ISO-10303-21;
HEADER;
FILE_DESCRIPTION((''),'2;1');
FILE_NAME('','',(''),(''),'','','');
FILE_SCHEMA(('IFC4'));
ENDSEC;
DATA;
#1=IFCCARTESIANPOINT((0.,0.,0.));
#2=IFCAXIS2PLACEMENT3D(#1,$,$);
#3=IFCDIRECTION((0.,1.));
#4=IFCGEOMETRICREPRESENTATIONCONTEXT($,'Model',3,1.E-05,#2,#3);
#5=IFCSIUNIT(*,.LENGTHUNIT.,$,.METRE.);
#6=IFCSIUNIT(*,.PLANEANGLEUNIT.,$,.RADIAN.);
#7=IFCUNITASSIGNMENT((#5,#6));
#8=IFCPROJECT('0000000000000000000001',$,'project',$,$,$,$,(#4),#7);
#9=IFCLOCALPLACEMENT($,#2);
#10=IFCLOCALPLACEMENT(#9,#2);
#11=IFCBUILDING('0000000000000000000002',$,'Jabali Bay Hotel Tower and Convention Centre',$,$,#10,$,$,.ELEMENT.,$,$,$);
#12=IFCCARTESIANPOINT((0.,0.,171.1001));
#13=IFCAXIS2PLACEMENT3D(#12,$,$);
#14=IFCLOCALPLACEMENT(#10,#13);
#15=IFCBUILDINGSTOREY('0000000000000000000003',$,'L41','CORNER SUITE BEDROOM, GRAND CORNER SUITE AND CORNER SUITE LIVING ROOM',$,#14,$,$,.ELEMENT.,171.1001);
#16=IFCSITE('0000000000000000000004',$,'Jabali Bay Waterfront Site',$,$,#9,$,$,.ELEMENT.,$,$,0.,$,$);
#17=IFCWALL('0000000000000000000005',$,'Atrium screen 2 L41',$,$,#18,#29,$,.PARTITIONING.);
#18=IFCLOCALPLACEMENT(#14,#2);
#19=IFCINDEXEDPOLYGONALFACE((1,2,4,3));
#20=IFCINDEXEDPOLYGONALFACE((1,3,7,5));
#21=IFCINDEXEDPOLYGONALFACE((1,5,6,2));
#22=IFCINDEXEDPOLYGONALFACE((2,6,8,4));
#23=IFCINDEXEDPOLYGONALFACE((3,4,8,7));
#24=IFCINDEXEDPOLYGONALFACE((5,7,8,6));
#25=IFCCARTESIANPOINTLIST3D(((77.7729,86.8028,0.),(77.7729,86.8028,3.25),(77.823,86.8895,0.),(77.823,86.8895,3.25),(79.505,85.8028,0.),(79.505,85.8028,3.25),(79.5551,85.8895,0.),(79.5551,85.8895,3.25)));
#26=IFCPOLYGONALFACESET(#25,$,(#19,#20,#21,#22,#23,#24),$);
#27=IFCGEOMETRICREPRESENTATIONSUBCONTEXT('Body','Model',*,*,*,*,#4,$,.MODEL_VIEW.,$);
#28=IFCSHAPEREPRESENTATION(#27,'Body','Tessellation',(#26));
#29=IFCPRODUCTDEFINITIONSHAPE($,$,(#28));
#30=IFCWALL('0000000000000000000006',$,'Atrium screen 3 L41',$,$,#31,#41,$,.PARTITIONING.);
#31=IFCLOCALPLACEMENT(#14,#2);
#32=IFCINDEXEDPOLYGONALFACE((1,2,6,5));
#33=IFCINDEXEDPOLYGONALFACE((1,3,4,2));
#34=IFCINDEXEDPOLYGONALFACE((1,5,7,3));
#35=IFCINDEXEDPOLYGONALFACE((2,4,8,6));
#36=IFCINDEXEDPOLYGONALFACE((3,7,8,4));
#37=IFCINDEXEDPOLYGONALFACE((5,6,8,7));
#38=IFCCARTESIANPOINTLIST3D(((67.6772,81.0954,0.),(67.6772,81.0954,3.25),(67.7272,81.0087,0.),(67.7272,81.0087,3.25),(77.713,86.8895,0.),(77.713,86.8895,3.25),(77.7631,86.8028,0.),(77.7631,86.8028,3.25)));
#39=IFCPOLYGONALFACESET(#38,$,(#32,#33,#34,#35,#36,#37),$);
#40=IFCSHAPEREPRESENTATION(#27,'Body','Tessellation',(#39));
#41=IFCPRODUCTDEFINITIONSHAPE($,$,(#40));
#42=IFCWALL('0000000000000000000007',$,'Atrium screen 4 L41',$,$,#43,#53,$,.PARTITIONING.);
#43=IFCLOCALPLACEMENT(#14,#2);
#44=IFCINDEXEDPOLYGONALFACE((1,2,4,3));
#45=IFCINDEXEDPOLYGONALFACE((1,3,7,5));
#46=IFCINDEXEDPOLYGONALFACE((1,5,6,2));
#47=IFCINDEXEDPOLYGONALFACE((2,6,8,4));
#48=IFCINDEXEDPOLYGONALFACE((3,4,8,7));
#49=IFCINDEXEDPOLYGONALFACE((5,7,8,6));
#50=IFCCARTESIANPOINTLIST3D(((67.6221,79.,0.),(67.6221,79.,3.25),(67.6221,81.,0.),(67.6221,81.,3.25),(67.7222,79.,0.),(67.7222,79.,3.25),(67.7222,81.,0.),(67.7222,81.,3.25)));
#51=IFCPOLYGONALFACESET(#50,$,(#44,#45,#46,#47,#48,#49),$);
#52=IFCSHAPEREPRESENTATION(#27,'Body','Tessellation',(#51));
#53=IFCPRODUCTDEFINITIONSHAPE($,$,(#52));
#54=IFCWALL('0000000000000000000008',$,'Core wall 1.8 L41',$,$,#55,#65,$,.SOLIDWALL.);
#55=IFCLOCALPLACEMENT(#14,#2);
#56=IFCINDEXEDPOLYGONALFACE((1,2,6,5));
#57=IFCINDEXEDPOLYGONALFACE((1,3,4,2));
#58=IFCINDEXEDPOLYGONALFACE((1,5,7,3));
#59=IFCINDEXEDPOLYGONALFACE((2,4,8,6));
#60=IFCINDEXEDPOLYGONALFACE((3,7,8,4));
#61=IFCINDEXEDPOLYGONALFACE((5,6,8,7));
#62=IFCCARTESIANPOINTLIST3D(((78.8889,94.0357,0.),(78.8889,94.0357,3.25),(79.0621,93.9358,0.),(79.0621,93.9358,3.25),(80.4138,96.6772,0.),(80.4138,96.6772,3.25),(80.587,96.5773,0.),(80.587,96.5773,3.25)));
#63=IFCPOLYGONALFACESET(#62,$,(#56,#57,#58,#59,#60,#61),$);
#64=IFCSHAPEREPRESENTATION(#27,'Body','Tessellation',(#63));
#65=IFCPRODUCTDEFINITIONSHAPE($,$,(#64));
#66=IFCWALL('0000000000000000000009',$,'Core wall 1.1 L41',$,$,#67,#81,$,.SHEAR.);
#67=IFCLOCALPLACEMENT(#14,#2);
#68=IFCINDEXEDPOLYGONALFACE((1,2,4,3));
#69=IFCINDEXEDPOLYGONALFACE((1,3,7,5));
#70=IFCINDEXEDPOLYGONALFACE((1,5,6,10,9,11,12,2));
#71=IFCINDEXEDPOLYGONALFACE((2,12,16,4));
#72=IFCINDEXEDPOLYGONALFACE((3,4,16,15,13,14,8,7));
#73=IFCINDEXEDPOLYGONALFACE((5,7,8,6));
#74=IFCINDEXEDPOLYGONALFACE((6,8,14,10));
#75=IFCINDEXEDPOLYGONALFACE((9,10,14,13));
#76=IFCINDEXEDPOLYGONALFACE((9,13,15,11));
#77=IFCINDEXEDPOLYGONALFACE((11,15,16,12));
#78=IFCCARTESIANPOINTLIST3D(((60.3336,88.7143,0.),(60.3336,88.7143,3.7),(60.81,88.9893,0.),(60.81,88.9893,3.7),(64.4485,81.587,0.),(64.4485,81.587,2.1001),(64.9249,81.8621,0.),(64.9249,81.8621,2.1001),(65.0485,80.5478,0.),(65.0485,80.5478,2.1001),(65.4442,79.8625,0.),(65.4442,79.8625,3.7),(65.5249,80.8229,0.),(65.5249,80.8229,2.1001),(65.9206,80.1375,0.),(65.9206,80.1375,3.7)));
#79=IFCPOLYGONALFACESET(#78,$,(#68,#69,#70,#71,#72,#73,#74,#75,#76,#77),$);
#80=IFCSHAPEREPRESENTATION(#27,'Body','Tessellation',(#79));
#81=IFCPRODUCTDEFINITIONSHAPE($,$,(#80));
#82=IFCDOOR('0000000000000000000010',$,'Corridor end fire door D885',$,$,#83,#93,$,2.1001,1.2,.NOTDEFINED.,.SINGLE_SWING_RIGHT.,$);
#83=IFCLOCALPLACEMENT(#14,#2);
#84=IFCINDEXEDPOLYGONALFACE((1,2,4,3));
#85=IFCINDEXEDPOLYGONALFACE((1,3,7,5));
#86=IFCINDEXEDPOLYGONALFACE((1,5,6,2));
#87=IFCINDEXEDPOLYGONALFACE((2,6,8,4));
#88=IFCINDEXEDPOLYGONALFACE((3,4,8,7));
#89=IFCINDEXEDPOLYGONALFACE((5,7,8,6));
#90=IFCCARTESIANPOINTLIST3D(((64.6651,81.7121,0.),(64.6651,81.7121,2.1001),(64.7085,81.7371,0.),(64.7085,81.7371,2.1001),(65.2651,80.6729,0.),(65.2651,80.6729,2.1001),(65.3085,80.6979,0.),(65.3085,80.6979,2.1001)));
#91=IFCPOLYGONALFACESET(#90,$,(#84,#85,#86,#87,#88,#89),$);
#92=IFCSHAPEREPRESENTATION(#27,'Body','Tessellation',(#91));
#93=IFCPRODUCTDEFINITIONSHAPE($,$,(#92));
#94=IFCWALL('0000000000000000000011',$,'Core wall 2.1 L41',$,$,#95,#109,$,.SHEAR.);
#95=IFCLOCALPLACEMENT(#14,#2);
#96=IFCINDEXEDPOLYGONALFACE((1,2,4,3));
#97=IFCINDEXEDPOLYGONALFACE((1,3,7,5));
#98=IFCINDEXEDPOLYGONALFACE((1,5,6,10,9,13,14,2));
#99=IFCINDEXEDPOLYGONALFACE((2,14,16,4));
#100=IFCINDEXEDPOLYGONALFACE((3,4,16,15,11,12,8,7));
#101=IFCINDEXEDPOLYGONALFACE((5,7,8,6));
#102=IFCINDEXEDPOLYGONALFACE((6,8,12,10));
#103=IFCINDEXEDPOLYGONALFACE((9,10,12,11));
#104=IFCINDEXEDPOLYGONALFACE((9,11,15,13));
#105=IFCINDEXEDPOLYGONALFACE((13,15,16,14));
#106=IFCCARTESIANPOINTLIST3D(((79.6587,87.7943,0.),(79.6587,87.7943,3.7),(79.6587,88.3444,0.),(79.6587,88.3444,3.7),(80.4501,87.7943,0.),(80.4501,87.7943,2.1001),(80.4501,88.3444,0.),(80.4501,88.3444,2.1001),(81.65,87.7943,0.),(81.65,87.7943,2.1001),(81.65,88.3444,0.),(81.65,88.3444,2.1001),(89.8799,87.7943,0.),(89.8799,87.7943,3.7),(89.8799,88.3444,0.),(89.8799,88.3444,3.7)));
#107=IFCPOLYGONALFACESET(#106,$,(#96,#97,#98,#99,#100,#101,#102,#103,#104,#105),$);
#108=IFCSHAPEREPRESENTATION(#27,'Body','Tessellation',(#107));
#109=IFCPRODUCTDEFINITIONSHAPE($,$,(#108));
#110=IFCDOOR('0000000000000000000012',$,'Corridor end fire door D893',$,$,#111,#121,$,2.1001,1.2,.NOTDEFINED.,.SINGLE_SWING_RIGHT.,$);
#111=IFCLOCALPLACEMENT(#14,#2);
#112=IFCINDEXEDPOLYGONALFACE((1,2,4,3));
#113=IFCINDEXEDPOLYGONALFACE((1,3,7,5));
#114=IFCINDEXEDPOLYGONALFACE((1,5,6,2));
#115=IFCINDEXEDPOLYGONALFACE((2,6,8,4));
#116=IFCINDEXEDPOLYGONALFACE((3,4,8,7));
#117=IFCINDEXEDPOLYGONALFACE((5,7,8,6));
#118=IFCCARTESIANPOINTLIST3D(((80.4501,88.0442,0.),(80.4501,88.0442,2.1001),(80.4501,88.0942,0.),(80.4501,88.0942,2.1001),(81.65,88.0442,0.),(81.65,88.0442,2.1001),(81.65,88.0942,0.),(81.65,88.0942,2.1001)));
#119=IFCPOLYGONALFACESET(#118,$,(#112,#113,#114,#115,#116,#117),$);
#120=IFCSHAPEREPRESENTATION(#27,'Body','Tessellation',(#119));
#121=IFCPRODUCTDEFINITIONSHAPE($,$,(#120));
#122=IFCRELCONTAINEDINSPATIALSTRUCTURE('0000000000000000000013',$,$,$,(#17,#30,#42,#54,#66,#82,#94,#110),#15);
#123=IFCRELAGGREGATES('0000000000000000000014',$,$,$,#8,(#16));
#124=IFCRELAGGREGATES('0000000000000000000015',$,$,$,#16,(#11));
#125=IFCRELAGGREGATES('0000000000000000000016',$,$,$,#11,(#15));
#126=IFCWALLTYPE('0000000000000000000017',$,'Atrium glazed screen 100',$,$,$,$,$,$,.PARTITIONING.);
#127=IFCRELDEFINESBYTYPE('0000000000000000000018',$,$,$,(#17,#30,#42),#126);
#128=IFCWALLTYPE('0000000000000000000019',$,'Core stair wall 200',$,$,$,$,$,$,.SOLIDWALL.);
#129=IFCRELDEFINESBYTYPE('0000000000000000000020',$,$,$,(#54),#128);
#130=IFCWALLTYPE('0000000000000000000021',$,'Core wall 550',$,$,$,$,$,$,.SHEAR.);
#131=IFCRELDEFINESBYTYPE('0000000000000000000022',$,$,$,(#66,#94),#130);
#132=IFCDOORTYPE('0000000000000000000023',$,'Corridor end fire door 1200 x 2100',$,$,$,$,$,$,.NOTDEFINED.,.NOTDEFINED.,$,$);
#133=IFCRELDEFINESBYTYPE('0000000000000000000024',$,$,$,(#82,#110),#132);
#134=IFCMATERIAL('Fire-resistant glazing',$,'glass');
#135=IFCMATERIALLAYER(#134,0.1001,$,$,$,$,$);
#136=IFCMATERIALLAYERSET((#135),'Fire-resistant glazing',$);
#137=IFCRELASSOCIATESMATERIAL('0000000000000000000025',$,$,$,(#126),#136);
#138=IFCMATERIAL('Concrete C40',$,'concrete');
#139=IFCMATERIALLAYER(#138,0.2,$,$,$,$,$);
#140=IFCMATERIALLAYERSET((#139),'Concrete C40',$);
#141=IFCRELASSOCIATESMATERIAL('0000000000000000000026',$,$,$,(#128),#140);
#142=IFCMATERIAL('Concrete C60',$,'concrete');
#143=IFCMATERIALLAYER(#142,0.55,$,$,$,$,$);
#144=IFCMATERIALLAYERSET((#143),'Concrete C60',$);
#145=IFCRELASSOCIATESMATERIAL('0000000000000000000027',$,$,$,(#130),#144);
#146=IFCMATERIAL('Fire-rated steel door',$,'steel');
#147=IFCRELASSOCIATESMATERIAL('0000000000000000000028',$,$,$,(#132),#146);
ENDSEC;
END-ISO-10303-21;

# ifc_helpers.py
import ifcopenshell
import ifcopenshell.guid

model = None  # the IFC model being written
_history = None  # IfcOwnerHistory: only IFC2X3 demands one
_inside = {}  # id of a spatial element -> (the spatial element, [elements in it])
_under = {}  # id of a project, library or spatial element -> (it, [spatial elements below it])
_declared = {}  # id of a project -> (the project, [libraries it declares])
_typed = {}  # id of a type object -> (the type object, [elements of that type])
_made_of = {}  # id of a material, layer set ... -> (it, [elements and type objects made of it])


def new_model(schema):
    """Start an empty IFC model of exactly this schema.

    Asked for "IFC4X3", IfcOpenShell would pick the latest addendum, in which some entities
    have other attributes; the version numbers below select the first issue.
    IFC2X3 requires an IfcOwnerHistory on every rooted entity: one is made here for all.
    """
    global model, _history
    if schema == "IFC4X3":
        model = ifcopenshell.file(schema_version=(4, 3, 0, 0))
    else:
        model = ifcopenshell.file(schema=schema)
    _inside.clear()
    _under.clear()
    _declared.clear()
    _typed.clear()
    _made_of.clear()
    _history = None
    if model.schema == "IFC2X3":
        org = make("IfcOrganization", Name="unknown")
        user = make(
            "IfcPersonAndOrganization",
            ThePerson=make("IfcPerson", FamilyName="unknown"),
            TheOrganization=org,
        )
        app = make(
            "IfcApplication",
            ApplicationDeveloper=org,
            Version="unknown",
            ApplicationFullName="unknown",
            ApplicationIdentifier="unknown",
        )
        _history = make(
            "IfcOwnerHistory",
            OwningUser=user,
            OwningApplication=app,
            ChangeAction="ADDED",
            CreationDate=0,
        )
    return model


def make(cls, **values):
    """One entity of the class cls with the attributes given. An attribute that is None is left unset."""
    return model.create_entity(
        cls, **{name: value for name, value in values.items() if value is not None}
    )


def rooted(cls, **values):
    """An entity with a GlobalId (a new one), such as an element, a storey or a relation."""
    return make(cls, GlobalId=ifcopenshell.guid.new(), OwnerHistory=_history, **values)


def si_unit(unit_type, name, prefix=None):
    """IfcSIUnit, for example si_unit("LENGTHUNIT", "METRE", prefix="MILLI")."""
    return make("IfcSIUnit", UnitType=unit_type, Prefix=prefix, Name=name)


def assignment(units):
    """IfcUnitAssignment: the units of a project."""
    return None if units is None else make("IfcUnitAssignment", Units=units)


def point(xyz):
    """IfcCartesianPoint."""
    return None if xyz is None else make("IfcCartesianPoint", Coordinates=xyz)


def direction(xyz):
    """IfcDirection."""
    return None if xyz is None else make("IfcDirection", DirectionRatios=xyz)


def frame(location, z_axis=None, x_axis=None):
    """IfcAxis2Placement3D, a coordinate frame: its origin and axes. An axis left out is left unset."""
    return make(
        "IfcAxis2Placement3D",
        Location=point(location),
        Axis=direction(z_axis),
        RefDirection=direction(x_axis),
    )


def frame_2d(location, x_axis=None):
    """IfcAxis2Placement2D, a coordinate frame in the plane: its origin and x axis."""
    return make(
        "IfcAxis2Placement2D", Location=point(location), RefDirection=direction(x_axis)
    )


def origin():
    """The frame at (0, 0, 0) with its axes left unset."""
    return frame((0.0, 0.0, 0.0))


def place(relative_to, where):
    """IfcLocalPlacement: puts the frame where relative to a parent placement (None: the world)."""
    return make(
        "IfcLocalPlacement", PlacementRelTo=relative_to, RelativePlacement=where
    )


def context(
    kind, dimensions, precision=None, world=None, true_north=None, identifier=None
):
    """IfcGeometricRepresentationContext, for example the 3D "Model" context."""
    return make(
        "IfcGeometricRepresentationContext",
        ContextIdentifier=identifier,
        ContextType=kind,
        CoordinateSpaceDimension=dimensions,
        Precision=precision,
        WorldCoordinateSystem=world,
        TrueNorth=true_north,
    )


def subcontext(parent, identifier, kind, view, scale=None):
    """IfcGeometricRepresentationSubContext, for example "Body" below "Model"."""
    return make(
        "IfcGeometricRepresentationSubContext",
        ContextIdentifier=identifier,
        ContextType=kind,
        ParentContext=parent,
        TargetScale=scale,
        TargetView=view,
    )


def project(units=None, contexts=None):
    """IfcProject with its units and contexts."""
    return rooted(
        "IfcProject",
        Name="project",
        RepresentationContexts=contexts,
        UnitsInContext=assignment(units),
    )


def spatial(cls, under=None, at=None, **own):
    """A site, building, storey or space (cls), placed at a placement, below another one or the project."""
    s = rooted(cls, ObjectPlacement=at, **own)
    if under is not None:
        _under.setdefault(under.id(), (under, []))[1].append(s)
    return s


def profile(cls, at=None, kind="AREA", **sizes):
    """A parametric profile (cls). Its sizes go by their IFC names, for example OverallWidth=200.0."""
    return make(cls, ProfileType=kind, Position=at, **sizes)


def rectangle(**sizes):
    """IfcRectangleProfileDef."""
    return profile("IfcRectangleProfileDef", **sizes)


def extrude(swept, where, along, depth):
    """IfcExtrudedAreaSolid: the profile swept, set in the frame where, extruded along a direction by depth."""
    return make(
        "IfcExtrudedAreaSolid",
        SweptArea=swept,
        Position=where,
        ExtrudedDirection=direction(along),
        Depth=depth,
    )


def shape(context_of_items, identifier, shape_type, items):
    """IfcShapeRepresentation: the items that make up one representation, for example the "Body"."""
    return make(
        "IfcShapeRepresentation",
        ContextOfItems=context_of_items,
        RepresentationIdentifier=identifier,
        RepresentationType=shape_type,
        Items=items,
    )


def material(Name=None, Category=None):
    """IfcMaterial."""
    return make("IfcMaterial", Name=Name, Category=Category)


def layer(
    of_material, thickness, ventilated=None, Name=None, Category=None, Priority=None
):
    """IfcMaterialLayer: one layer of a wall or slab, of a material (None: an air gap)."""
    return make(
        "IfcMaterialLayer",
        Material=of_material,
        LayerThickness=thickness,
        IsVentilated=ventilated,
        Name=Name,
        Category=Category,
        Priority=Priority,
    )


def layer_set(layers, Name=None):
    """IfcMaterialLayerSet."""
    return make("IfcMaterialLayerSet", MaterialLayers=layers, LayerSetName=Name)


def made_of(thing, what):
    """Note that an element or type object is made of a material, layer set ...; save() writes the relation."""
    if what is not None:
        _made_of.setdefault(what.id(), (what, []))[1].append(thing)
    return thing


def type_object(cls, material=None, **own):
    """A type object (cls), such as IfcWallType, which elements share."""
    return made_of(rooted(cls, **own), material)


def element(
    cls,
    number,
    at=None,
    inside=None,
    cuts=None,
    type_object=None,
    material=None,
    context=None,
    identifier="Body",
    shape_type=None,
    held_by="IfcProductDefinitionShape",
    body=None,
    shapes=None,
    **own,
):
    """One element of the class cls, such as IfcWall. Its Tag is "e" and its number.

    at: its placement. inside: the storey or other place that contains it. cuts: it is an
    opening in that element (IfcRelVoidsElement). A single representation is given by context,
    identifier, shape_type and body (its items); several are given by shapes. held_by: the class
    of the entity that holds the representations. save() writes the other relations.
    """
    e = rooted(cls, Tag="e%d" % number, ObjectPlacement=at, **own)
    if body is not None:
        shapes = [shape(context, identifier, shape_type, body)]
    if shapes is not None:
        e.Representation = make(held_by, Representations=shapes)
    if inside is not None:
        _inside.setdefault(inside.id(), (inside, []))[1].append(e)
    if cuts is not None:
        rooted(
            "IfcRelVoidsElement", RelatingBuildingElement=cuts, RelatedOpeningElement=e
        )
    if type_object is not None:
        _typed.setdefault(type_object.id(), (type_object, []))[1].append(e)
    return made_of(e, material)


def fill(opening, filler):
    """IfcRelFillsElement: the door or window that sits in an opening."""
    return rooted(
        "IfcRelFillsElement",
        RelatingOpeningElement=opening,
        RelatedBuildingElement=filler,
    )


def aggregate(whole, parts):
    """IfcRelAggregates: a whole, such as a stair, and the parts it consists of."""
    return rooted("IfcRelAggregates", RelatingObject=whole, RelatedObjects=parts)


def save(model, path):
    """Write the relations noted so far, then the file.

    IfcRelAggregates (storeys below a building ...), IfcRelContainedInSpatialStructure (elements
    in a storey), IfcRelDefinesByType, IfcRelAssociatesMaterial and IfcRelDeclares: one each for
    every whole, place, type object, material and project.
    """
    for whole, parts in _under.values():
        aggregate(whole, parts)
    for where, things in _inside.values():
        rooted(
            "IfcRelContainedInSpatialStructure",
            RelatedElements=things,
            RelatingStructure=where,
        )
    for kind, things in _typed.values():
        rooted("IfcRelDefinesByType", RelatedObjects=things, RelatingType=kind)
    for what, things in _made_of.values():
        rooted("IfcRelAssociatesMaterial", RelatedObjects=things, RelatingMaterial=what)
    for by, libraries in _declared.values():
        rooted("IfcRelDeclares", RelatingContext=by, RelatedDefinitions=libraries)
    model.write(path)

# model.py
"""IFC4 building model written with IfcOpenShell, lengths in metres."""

from ifc_helpers import new_model, si_unit, direction, frame, frame_2d, origin, place, context, subcontext, project, spatial, rectangle, extrude, material, layer, layer_set, type_object, element, fill, save


model = new_model("IFC4")

# Units and contexts
model_context = context("Model", 3, precision=1e-05, world=origin(), true_north=direction((0.0, 1.0)))
body_context = subcontext(model_context, "Body", "Model", "MODEL_VIEW")
ifc_project = project(units=[si_unit("LENGTHUNIT", "METRE"), si_unit("PLANEANGLEUNIT", "RADIAN")], contexts=[model_context])

# Site, building, storey
site_placement = place(None, origin())
site = spatial("IfcSite", under=ifc_project, at=site_placement, Name="Jabali Bay Waterfront Site", CompositionType="ELEMENT", RefElevation=0.0)
building_placement = place(site_placement, origin())
building = spatial("IfcBuilding", under=site, at=building_placement, Name="Jabali Bay Hotel Tower and Convention Centre", CompositionType="ELEMENT")
storey_placement = place(building_placement, frame((0.0, 0.0, 171.1001)))
storey = spatial("IfcBuildingStorey", under=building, at=storey_placement, Name="L41", Description="CORNER SUITE BEDROOM, GRAND CORNER SUITE AND CORNER SUITE LIVING ROOM", CompositionType="ELEMENT", Elevation=171.1001)

# Walls
ifc_material_1 = material(Name="Fire-resistant glazing", Category="glass")
ifc_layer_1 = layer(ifc_material_1, 0.1001)
ifc_layer_set_1 = layer_set([ifc_layer_1], Name="Fire-resistant glazing")
wall_type_1 = type_object("IfcWallType", Name="Atrium glazed screen 100", PredefinedType="PARTITIONING", material=ifc_layer_set_1)
wall_1_placement = place(storey_placement, frame((79.53, 85.8462, 0.0), z_axis=(0.0, 0.0, 1.0), x_axis=(-0.866041, 0.499973, 0.0)))
element("IfcWall", 1, at=wall_1_placement, inside=storey, type_object=wall_type_1, Name="Atrium screen 2 L41", PredefinedType="PARTITIONING", context=body_context, shape_type="SweptSolid", body=[
    extrude(rectangle(XDim=2.0, YDim=0.1001, at=frame_2d((1.0, 0.0))), origin(), (0.0, 0.0, 1.0), 3.25),
])
wall_2_placement = place(storey_placement, frame((77.738, 86.8462, 0.0), z_axis=(0.0, 0.0, 1.0), x_axis=(-0.866027, -0.499998, 0.0)))
element("IfcWall", 2, at=wall_2_placement, inside=storey, type_object=wall_type_1, Name="Atrium screen 3 L41", PredefinedType="PARTITIONING", context=body_context, shape_type="SweptSolid", body=[
    extrude(rectangle(XDim=11.5884, YDim=0.1001, at=frame_2d((5.7942, 0.0))), origin(), (0.0, 0.0, 1.0), 3.25),
])
wall_3_placement = place(storey_placement, frame((67.6721, 81.0, 0.0), z_axis=(0.0, 0.0, 1.0), x_axis=(0.0, -1.0, 0.0)))
element("IfcWall", 3, at=wall_3_placement, inside=storey, type_object=wall_type_1, Name="Atrium screen 4 L41", PredefinedType="PARTITIONING", context=body_context, shape_type="SweptSolid", body=[
    extrude(rectangle(XDim=2.0, YDim=0.1001, at=frame_2d((1.0, 0.0))), origin(), (0.0, 0.0, 1.0), 3.25),
])
ifc_material_2 = material(Name="Concrete C40", Category="concrete")
ifc_layer_2 = layer(ifc_material_2, 0.2)
ifc_layer_set_2 = layer_set([ifc_layer_2], Name="Concrete C40")
wall_type_2 = type_object("IfcWallType", Name="Core stair wall 200", PredefinedType="SOLIDWALL", material=ifc_layer_set_2)
wall_4_placement = place(storey_placement, frame((78.9756, 93.9858, 0.0), z_axis=(0.0, 0.0, 1.0), x_axis=(0.499944, 0.866058, 0.0)))
element("IfcWall", 4, at=wall_4_placement, inside=storey, type_object=wall_type_2, Name="Core wall 1.8 L41", PredefinedType="SOLIDWALL", context=body_context, shape_type="SweptSolid", body=[
    extrude(rectangle(XDim=3.05, YDim=0.2, at=frame_2d((1.5249, 0.0))), origin(), (0.0, 0.0, 1.0), 3.25),
])

# Walls, openings, doors
ifc_material_3 = material(Name="Concrete C60", Category="concrete")
ifc_layer_3 = layer(ifc_material_3, 0.55)
ifc_layer_set_3 = layer_set([ifc_layer_3], Name="Concrete C60")
wall_type_3 = type_object("IfcWallType", Name="Core wall 550", PredefinedType="SHEAR", material=ifc_layer_set_3)
wall_5_placement = place(storey_placement, frame((65.6824, 80.0, 0.0), z_axis=(0.0, 0.0, 1.0), x_axis=(-0.5, 0.866025, 0.0)))
wall_5 = element("IfcWall", 5, at=wall_5_placement, inside=storey, type_object=wall_type_3, Name="Core wall 1.1 L41", PredefinedType="SHEAR", context=body_context, shape_type="SweptSolid", body=[
    extrude(rectangle(XDim=10.2212, YDim=0.55, at=frame_2d((5.1106, 0.0))), origin(), (0.0, 0.0, 1.0), 3.7),
])
opening_1_placement = place(wall_5_placement, frame((0.7913, 0.0, 0.0)))
opening_1 = element("IfcOpeningElement", 6, at=opening_1_placement, cuts=wall_5, PredefinedType="OPENING", context=body_context, shape_type="SweptSolid", body=[
    extrude(rectangle(XDim=1.2, YDim=2.1001, at=frame_2d((0.6001, 1.05))), frame((0.0, 0.2856, 0.0), z_axis=(0.0, -1.0, 0.0), x_axis=(1.0, 0.0, 0.0)), (0.0, 0.0, 1.0), 0.571),
])
ifc_material_4 = material(Name="Fire-rated steel door", Category="steel")
door_type_1 = type_object("IfcDoorType", Name="Corridor end fire door 1200 x 2100", OperationType="NOTDEFINED", PredefinedType="NOTDEFINED", material=ifc_material_4)
door_1_placement = place(opening_1_placement, origin())
door_1 = element("IfcDoor", 7, at=door_1_placement, inside=storey, type_object=door_type_1, Name="Corridor end fire door D885", OperationType="SINGLE_SWING_RIGHT", OverallHeight=2.1001, OverallWidth=1.2, PredefinedType="NOTDEFINED", context=body_context, shape_type="SweptSolid", body=[
    extrude(rectangle(XDim=1.2, YDim=2.1001, at=frame_2d((0.6001, 1.05))), frame((0.0, 0.0249, 0.0), z_axis=(0.0, -1.0, 0.0), x_axis=(1.0, 0.0, 0.0)), (0.0, 0.0, 1.0), 0.05),
])
fill(opening_1, door_1)
wall_6_placement = place(storey_placement, frame((79.6587, 88.0693, 0.0), z_axis=(0.0, 0.0, 1.0), x_axis=(1.0, 0.0, 0.0)))
wall_6 = element("IfcWall", 8, at=wall_6_placement, inside=storey, type_object=wall_type_3, Name="Core wall 2.1 L41", PredefinedType="SHEAR", context=body_context, shape_type="SweptSolid", body=[
    extrude(rectangle(XDim=10.2212, YDim=0.55, at=frame_2d((5.1106, 0.0))), origin(), (0.0, 0.0, 1.0), 3.7),
])
opening_2_placement = place(wall_6_placement, frame((0.7913, 0.0, 0.0)))
opening_2 = element("IfcOpeningElement", 9, at=opening_2_placement, cuts=wall_6, PredefinedType="OPENING", context=body_context, shape_type="SweptSolid", body=[
    extrude(rectangle(XDim=1.2, YDim=2.1001, at=frame_2d((0.6001, 1.05))), frame((0.0, 0.2856, 0.0), z_axis=(0.0, -1.0, 0.0), x_axis=(1.0, 0.0, 0.0)), (0.0, 0.0, 1.0), 0.571),
])
door_2_placement = place(opening_2_placement, origin())
door_2 = element("IfcDoor", 10, at=door_2_placement, inside=storey, type_object=door_type_1, Name="Corridor end fire door D893", OperationType="SINGLE_SWING_RIGHT", OverallHeight=2.1001, OverallWidth=1.2, PredefinedType="NOTDEFINED", context=body_context, shape_type="SweptSolid", body=[
    extrude(rectangle(XDim=1.2, YDim=2.1001, at=frame_2d((0.6001, 1.05))), frame((0.0, 0.0249, 0.0), z_axis=(0.0, -1.0, 0.0), x_axis=(1.0, 0.0, 0.0)), (0.0, 0.0, 1.0), 0.05),
])
fill(opening_2, door_2)

save(model, "model.ifc")
